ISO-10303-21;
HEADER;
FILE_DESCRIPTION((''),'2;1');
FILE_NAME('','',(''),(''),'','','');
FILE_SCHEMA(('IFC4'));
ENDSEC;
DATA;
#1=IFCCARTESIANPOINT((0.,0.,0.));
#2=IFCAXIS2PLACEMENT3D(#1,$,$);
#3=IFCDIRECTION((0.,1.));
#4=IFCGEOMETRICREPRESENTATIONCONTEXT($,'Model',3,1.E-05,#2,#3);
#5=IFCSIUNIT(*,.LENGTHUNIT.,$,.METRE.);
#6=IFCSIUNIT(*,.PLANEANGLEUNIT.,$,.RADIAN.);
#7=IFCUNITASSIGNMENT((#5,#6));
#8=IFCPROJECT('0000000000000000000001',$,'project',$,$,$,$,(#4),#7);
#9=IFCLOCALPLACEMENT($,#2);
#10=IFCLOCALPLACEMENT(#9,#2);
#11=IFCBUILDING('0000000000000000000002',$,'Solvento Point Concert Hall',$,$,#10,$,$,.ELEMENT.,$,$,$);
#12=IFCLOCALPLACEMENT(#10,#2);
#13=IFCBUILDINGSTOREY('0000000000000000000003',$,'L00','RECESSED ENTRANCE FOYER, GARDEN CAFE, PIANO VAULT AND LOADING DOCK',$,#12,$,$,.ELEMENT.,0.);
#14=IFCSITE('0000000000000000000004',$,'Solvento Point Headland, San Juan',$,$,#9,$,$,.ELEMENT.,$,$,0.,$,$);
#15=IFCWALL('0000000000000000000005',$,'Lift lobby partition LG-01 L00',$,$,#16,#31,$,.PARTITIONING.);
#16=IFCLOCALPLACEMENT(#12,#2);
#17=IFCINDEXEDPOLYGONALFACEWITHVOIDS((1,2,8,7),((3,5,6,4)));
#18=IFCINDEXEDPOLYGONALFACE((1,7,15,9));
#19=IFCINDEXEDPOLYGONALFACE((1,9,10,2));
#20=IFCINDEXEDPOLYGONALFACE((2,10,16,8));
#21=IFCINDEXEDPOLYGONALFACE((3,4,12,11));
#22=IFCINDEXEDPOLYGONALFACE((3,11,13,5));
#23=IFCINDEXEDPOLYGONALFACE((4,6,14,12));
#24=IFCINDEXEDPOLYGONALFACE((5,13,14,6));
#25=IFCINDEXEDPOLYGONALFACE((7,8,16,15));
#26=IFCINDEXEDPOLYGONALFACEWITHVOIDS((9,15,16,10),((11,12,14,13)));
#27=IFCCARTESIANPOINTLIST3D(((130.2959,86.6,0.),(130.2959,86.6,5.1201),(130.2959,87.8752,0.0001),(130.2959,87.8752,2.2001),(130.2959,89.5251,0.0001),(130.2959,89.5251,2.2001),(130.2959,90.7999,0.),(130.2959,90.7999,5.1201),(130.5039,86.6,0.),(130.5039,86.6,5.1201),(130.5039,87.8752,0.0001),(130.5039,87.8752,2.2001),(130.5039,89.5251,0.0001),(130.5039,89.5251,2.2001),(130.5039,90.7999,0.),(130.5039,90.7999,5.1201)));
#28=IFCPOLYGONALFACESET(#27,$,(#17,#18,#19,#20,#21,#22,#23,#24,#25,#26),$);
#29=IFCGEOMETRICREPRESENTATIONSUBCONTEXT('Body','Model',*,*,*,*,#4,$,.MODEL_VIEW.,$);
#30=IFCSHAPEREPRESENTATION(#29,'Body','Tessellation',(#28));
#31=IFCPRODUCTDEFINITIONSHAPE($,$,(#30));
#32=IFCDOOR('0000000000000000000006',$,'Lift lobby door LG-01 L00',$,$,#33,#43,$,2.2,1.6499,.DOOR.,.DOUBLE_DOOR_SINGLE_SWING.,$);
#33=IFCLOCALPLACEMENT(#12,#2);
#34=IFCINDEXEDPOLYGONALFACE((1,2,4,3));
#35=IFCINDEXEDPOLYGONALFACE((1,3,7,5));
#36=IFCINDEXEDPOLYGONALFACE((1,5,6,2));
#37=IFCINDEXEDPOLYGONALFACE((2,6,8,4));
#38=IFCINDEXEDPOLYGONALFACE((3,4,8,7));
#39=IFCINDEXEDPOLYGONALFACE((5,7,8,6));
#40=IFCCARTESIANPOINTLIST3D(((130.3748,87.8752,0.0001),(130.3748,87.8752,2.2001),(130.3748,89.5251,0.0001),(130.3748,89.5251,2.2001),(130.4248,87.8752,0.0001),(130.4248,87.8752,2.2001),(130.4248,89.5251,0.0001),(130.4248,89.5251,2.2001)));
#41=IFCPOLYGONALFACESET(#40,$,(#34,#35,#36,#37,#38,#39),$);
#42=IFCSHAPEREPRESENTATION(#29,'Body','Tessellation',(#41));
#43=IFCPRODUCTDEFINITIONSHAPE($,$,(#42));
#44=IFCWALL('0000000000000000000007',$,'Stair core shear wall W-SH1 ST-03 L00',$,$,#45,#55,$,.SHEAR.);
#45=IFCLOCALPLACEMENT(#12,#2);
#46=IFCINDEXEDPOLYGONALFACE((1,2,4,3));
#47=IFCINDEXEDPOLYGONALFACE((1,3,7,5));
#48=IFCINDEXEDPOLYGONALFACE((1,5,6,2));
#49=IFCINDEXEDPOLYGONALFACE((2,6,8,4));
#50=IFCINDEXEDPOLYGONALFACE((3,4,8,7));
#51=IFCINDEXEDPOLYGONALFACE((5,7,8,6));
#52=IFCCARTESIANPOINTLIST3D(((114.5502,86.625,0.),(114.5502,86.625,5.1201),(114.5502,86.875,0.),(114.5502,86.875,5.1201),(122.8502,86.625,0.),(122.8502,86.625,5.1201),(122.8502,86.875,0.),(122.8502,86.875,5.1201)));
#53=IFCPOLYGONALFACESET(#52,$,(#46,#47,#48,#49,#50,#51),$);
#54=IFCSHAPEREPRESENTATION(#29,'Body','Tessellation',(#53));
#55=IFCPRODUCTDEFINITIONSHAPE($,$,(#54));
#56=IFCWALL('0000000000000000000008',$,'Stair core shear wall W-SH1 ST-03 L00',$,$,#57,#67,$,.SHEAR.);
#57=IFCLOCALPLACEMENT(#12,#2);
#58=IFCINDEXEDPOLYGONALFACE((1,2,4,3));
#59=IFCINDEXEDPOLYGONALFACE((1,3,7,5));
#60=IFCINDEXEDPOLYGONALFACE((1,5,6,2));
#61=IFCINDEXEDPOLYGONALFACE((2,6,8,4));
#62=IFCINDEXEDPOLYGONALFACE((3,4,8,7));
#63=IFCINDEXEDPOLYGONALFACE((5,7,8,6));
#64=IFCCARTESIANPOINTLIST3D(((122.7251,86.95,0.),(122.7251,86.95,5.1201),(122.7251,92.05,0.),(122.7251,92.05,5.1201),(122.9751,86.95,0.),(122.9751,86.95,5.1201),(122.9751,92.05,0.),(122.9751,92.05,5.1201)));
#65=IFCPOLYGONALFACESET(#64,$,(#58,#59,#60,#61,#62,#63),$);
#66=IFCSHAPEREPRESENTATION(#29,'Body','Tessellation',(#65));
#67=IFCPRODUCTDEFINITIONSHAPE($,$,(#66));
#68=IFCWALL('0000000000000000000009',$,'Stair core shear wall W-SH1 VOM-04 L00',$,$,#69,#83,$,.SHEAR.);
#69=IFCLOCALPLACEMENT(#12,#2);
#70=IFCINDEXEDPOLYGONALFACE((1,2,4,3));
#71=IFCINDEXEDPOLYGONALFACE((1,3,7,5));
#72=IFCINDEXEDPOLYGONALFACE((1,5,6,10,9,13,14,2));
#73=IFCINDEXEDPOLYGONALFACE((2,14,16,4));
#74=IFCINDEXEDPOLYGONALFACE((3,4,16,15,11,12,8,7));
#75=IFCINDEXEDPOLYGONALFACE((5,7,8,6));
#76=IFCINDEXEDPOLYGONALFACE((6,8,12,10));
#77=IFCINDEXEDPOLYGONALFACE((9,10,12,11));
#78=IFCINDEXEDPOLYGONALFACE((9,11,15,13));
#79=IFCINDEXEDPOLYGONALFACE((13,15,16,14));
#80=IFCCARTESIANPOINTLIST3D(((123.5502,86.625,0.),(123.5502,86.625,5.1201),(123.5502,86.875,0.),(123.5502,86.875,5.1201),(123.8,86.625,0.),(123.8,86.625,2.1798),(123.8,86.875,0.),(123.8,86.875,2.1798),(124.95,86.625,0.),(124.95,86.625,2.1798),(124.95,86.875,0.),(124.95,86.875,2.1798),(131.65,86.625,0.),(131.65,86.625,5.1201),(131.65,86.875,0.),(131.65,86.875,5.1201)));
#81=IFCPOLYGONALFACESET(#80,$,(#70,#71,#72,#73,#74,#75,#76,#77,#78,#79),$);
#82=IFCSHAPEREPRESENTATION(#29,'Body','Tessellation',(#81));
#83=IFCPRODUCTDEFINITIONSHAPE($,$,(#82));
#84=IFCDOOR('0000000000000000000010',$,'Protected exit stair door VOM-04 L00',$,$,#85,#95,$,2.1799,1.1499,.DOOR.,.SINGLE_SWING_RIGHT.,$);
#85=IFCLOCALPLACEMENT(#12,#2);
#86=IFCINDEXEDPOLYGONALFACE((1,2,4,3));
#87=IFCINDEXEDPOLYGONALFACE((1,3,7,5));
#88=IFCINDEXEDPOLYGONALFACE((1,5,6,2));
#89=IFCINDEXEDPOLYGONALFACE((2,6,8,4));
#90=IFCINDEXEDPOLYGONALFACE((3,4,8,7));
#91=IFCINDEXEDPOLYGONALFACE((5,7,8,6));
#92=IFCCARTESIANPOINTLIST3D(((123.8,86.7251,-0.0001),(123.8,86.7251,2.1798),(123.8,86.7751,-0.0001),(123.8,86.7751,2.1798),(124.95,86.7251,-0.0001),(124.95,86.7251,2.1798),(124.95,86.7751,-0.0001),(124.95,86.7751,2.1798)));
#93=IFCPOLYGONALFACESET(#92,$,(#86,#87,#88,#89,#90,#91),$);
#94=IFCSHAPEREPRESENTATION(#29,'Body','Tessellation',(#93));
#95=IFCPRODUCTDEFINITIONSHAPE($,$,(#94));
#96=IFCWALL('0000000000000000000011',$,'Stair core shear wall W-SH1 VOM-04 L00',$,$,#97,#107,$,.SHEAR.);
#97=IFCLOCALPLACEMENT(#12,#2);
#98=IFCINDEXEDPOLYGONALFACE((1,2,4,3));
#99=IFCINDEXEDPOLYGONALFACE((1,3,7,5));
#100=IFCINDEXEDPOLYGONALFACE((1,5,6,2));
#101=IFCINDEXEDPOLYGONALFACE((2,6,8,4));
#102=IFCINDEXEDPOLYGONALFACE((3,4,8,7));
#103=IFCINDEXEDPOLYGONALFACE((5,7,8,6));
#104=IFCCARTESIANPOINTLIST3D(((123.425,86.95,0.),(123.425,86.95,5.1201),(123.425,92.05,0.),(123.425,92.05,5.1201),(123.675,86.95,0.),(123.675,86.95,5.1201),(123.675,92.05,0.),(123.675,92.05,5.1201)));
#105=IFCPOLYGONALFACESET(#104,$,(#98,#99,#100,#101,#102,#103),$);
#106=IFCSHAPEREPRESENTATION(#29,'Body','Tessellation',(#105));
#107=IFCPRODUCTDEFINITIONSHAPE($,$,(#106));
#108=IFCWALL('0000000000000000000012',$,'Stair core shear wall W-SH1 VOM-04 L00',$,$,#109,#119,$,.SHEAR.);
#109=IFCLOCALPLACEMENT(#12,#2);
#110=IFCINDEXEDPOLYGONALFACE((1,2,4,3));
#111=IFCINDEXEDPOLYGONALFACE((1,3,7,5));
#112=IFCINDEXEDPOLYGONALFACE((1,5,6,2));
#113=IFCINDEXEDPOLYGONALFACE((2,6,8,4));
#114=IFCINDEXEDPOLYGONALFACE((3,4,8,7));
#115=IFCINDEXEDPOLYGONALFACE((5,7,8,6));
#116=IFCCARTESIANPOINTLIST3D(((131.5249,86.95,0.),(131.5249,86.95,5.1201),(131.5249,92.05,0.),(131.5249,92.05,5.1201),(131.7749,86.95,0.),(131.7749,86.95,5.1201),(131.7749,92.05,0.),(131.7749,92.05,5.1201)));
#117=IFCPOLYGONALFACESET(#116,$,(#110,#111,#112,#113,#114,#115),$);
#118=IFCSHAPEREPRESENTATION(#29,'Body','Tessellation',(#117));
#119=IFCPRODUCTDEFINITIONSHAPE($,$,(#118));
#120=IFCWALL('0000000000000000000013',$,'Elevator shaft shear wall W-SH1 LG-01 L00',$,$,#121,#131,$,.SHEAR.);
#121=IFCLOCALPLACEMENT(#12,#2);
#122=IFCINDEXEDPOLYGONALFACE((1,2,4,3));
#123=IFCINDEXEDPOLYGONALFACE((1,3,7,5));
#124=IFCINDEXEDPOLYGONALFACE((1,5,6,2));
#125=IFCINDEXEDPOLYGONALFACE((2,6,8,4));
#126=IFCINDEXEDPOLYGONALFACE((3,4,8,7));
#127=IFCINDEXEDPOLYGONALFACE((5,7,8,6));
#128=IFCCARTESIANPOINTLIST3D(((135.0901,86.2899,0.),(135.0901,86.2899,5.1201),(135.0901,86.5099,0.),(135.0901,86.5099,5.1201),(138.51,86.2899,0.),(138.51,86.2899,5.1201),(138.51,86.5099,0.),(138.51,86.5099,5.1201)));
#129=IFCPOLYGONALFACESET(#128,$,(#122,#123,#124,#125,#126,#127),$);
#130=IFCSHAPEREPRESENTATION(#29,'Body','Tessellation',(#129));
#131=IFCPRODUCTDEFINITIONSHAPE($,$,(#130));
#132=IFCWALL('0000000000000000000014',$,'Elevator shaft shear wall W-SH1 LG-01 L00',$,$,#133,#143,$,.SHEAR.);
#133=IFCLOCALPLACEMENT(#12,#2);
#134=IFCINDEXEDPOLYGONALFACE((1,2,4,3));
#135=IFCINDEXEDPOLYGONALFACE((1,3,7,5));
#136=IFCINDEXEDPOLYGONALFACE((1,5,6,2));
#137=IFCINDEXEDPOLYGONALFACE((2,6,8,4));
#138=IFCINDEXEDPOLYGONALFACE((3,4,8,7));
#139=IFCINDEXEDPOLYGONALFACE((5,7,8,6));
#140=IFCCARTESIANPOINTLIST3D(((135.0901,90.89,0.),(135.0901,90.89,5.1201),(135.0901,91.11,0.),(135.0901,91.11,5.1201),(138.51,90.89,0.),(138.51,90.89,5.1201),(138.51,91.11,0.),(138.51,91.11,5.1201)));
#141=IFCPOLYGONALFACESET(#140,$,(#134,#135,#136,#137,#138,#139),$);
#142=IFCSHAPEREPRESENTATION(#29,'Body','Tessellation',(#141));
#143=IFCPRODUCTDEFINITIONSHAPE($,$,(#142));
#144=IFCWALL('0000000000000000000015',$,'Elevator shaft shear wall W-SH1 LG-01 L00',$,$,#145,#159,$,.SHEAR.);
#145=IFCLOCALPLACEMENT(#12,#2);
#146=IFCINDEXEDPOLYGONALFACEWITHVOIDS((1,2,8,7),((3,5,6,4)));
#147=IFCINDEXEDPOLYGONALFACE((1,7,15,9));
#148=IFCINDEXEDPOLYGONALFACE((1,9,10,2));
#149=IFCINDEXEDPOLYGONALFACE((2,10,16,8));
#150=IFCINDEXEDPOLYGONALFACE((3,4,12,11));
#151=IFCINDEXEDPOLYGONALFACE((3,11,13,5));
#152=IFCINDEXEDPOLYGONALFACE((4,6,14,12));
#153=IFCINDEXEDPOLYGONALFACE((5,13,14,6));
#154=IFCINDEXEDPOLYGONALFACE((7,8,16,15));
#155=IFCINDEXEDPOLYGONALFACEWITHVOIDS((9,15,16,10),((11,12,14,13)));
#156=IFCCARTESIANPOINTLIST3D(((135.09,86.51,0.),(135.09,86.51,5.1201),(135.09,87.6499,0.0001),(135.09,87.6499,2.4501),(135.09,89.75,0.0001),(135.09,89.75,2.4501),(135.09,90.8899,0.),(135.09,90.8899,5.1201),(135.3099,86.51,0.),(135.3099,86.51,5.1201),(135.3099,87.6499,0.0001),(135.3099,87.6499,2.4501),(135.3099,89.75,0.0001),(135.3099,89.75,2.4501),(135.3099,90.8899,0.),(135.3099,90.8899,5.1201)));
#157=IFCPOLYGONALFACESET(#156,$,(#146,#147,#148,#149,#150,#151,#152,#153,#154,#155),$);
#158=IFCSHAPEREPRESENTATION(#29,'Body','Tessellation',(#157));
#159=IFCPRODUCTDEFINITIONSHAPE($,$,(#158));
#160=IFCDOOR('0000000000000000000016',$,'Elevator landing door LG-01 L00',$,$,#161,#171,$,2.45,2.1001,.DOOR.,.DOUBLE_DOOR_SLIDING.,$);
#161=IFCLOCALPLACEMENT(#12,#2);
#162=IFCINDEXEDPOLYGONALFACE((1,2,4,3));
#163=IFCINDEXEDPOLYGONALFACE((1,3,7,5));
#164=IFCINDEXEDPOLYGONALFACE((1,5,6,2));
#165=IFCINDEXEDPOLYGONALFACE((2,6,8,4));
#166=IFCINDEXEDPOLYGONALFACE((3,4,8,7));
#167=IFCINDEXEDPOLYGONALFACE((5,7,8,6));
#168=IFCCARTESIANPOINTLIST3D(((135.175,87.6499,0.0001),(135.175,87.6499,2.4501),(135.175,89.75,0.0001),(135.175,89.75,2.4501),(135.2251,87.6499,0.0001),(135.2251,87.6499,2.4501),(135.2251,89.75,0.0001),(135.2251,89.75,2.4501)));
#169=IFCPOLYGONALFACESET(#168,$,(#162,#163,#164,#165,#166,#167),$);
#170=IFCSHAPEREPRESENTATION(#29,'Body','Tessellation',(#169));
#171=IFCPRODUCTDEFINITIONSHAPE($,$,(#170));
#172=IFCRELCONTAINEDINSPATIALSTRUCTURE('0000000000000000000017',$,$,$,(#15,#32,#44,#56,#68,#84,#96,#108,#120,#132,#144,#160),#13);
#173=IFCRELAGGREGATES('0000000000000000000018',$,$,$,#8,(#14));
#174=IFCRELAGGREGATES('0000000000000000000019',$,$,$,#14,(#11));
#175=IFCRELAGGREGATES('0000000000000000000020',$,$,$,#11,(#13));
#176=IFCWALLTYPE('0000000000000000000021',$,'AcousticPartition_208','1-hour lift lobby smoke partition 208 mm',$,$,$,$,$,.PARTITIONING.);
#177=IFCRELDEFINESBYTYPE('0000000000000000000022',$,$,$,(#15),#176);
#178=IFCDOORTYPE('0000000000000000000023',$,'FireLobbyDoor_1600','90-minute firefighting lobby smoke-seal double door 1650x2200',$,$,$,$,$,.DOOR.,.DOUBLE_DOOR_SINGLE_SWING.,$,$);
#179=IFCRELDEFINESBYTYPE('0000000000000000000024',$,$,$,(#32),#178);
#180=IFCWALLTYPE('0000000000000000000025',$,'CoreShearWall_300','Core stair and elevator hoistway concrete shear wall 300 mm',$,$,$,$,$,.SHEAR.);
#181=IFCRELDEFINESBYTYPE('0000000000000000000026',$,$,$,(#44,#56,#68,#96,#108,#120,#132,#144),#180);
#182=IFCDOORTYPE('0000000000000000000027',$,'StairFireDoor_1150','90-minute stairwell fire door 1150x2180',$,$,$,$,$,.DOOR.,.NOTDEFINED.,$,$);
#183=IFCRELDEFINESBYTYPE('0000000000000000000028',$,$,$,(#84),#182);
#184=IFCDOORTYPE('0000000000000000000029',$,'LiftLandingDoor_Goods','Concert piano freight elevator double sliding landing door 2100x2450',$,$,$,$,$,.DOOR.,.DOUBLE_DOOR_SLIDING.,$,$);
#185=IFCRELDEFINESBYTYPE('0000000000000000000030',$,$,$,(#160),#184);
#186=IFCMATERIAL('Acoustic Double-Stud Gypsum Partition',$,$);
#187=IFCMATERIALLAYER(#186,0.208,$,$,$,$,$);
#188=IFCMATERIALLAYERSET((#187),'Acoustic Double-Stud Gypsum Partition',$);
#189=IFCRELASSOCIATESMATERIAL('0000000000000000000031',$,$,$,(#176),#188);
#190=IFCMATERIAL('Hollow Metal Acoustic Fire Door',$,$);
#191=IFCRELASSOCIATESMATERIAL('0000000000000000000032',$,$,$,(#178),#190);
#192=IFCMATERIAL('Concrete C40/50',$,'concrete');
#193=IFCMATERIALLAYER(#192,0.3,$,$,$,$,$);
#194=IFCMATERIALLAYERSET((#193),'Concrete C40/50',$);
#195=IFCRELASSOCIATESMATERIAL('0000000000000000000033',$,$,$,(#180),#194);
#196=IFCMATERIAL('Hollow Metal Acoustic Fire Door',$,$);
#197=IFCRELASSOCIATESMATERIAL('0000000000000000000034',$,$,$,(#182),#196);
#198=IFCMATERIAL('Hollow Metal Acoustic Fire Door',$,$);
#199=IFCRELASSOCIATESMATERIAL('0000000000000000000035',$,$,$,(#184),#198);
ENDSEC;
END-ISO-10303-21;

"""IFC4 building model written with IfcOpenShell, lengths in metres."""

from ifc_helpers import new_model, si_unit, direction, frame, frame_2d, origin, place, context, subcontext, project, spatial, rectangle, extrude, material, layer, layer_set, type_object, element, fill, save


model = new_model("IFC4")

# Units and contexts
model_context = context("Model", 3, precision=1e-05, world=origin(), true_north=direction((0.0, 1.0)))
body_context = subcontext(model_context, "Body", "Model", "MODEL_VIEW")
ifc_project = project(units=[si_unit("LENGTHUNIT", "METRE"), si_unit("PLANEANGLEUNIT", "RADIAN")], contexts=[model_context])

# Site, building, storey
site_placement = place(None, origin())
site = spatial("IfcSite", under=ifc_project, at=site_placement, Name="Solvento Point Headland, San Juan", CompositionType="ELEMENT", RefElevation=0.0)
building_placement = place(site_placement, origin())
building = spatial("IfcBuilding", under=site, at=building_placement, Name="Solvento Point Concert Hall", CompositionType="ELEMENT")
storey_placement = place(building_placement, origin())
storey = spatial("IfcBuildingStorey", under=building, at=storey_placement, Name="L00", Description="RECESSED ENTRANCE FOYER, GARDEN CAFE, PIANO VAULT AND LOADING DOCK", CompositionType="ELEMENT", Elevation=0.0)

# Wall, opening, door
ifc_material_1 = material(Name="Acoustic Double-Stud Gypsum Partition")
ifc_layer_1 = layer(ifc_material_1, 0.208)
ifc_layer_set_1 = layer_set([ifc_layer_1], Name="Acoustic Double-Stud Gypsum Partition")
wall_type_1 = type_object("IfcWallType", Name="AcousticPartition_208", Description="1-hour lift lobby smoke partition 208 mm", PredefinedType="PARTITIONING", material=ifc_layer_set_1)
wall_1_placement = place(storey_placement, frame((130.3999, 90.8, 0.0), z_axis=(0.0, 0.0, 1.0), x_axis=(0.0, -1.0, 0.0)))
wall_1 = element("IfcWall", 1, at=wall_1_placement, inside=storey, type_object=wall_type_1, Name="Lift lobby partition LG-01 L00", PredefinedType="PARTITIONING", context=body_context, shape_type="SweptSolid", body=[
    extrude(rectangle(XDim=4.2, YDim=0.208, at=frame_2d((2.1001, 0.0))), origin(), (0.0, 0.0, 1.0), 5.1201),
])
opening_1_placement = place(wall_1_placement, frame((1.2749, 0.0, 0.0)))
opening_1 = element("IfcOpeningElement", 2, at=opening_1_placement, cuts=wall_1, PredefinedType="OPENING", context=body_context, shape_type="SweptSolid", body=[
    extrude(rectangle(XDim=1.6499, YDim=2.2, at=frame_2d((0.825, 1.1001))), frame((0.0, 0.114, 0.0), z_axis=(0.0, -1.0, 0.0), x_axis=(1.0, 0.0, 0.0)), (0.0, 0.0, 1.0), 0.228),
])
ifc_material_2 = material(Name="Hollow Metal Acoustic Fire Door")
door_type_1 = type_object("IfcDoorType", Name="FireLobbyDoor_1600", Description="90-minute firefighting lobby smoke-seal double door 1650x2200", OperationType="DOUBLE_DOOR_SINGLE_SWING", PredefinedType="DOOR", material=ifc_material_2)
door_1_placement = place(opening_1_placement, origin())
door_1 = element("IfcDoor", 3, at=door_1_placement, inside=storey, type_object=door_type_1, Name="Lift lobby door LG-01 L00", OperationType="DOUBLE_DOOR_SINGLE_SWING", OverallHeight=2.2, OverallWidth=1.6499, PredefinedType="DOOR", context=body_context, shape_type="SweptSolid", body=[
    extrude(rectangle(XDim=1.6499, YDim=2.2, at=frame_2d((0.825, 1.1001))), frame((0.0, 0.0249, 0.0), z_axis=(0.0, -1.0, 0.0), x_axis=(1.0, 0.0, 0.0)), (0.0, 0.0, 1.0), 0.05),
])
fill(opening_1, door_1)

# Walls
ifc_material_3 = material(Name="Concrete C40/50", Category="concrete")
ifc_layer_2 = layer(ifc_material_3, 0.3)
ifc_layer_set_2 = layer_set([ifc_layer_2], Name="Concrete C40/50")
wall_type_2 = type_object("IfcWallType", Name="CoreShearWall_300", Description="Core stair and elevator hoistway concrete shear wall 300 mm", PredefinedType="SHEAR", material=ifc_layer_set_2)
wall_2_placement = place(storey_placement, frame((122.8501, 86.75, 0.0), z_axis=(0.0, 0.0, 1.0), x_axis=(-1.0, 0.0, 0.0)))
element("IfcWall", 4, at=wall_2_placement, inside=storey, type_object=wall_type_2, Name="Stair core shear wall W-SH1 ST-03 L00", PredefinedType="SHEAR", context=body_context, shape_type="SweptSolid", body=[
    extrude(rectangle(XDim=8.3, YDim=0.25, at=frame_2d((4.1499, 0.0))), origin(), (0.0, 0.0, 1.0), 5.1201),
])
wall_3_placement = place(storey_placement, frame((122.8501, 92.05, 0.0), z_axis=(0.0, 0.0, 1.0), x_axis=(0.0, -1.0, 0.0)))
element("IfcWall", 5, at=wall_3_placement, inside=storey, type_object=wall_type_2, Name="Stair core shear wall W-SH1 ST-03 L00", PredefinedType="SHEAR", context=body_context, shape_type="SweptSolid", body=[
    extrude(rectangle(XDim=5.1001, YDim=0.25, at=frame_2d((2.55, 0.0))), origin(), (0.0, 0.0, 1.0), 5.1201),
])

# Wall, opening, door
wall_4_placement = place(storey_placement, frame((131.6499, 86.75, 0.0), z_axis=(0.0, 0.0, 1.0), x_axis=(-1.0, 0.0, 0.0)))
wall_4 = element("IfcWall", 6, at=wall_4_placement, inside=storey, type_object=wall_type_2, Name="Stair core shear wall W-SH1 VOM-04 L00", PredefinedType="SHEAR", context=body_context, shape_type="SweptSolid", body=[
    extrude(rectangle(XDim=8.0999, YDim=0.25, at=frame_2d((4.0498, 0.0))), origin(), (0.0, 0.0, 1.0), 5.1201),
])
opening_2_placement = place(wall_4_placement, frame((6.7, 0.0, 0.0)))
opening_2 = element("IfcOpeningElement", 7, at=opening_2_placement, cuts=wall_4, PredefinedType="OPENING", context=body_context, shape_type="SweptSolid", body=[
    extrude(rectangle(XDim=1.1499, YDim=2.1799, at=frame_2d((0.575, 1.0898))), frame((0.0, 0.135, 0.0), z_axis=(0.0, -1.0, 0.0), x_axis=(1.0, 0.0, 0.0)), (0.0, 0.0, 1.0), 0.27),
])
ifc_material_4 = material(Name="Hollow Metal Acoustic Fire Door")
door_type_2 = type_object("IfcDoorType", Name="StairFireDoor_1150", Description="90-minute stairwell fire door 1150x2180", OperationType="NOTDEFINED", PredefinedType="DOOR", material=ifc_material_4)
door_2_placement = place(opening_2_placement, origin())
door_2 = element("IfcDoor", 8, at=door_2_placement, inside=storey, type_object=door_type_2, Name="Protected exit stair door VOM-04 L00", OperationType="SINGLE_SWING_RIGHT", OverallHeight=2.1799, OverallWidth=1.1499, PredefinedType="DOOR", context=body_context, shape_type="SweptSolid", body=[
    extrude(rectangle(XDim=1.1499, YDim=2.1799, at=frame_2d((0.575, 1.0898))), frame((0.0, 0.0249, 0.0), z_axis=(0.0, -1.0, 0.0), x_axis=(1.0, 0.0, 0.0)), (0.0, 0.0, 1.0), 0.05),
])
fill(opening_2, door_2)

# Walls
for number, where, z_axis, x_axis, name in (
    (9, (123.55, 86.95, 0.0), (0.0, 0.0, 1.0), (0.0, 1.0, 0.0), "Stair core shear wall W-SH1 VOM-04 L00"),
    (10, (131.6499, 92.05, 0.0), (0.0, 0.0, 1.0), (0.0, -1.0, 0.0), "Stair core shear wall W-SH1 VOM-04 L00"),
):
    element("IfcWall", number, at=place(storey_placement, frame(where, z_axis=z_axis, x_axis=x_axis)), inside=storey, type_object=wall_type_2, Name=name, PredefinedType="SHEAR", context=body_context, shape_type="SweptSolid", body=[
        extrude(rectangle(XDim=5.1001, YDim=0.25, at=frame_2d((2.55, 0.0))), origin(), (0.0, 0.0, 1.0), 5.1201),
    ])
for number, where, z_axis, x_axis, name in (
    (11, (135.0901, 86.3999, 0.0), (0.0, 0.0, 1.0), (1.0, 0.0, 0.0), "Elevator shaft shear wall W-SH1 LG-01 L00"),
    (12, (135.0901, 91.0, 0.0), (0.0, 0.0, 1.0), (1.0, 0.0, 0.0), "Elevator shaft shear wall W-SH1 LG-01 L00"),
):
    element("IfcWall", number, at=place(storey_placement, frame(where, z_axis=z_axis, x_axis=x_axis)), inside=storey, type_object=wall_type_2, Name=name, PredefinedType="SHEAR", context=body_context, shape_type="SweptSolid", body=[
        extrude(rectangle(XDim=3.4199, YDim=0.22, at=frame_2d((1.71, 0.0))), origin(), (0.0, 0.0, 1.0), 5.1201),
    ])

# Wall, opening, door
wall_5_placement = place(storey_placement, frame((135.2, 86.51, 0.0), z_axis=(0.0, 0.0, 1.0), x_axis=(0.0, 1.0, 0.0)))
wall_5 = element("IfcWall", 13, at=wall_5_placement, inside=storey, type_object=wall_type_2, Name="Elevator shaft shear wall W-SH1 LG-01 L00", PredefinedType="SHEAR", context=body_context, shape_type="SweptSolid", body=[
    extrude(rectangle(XDim=4.3799, YDim=0.22, at=frame_2d((2.1899, 0.0))), origin(), (0.0, 0.0, 1.0), 5.1201),
])
opening_3_placement = place(wall_5_placement, frame((1.1399, 0.0, 0.0)))
opening_3 = element("IfcOpeningElement", 14, at=opening_3_placement, cuts=wall_5, PredefinedType="OPENING", context=body_context, shape_type="SweptSolid", body=[
    extrude(rectangle(XDim=2.1001, YDim=2.45, at=frame_2d((1.05, 1.2251))), frame((0.0, 0.1199, 0.0), z_axis=(0.0, -1.0, 0.0), x_axis=(1.0, 0.0, 0.0)), (0.0, 0.0, 1.0), 0.24),
])
ifc_material_5 = material(Name="Hollow Metal Acoustic Fire Door")
door_type_3 = type_object("IfcDoorType", Name="LiftLandingDoor_Goods", Description="Concert piano freight elevator double sliding landing door 2100x2450", OperationType="DOUBLE_DOOR_SLIDING", PredefinedType="DOOR", material=ifc_material_5)
door_3_placement = place(opening_3_placement, origin())
door_3 = element("IfcDoor", 15, at=door_3_placement, inside=storey, type_object=door_type_3, Name="Elevator landing door LG-01 L00", OperationType="DOUBLE_DOOR_SLIDING", OverallHeight=2.45, OverallWidth=2.1001, PredefinedType="DOOR", context=body_context, shape_type="SweptSolid", body=[
    extrude(rectangle(XDim=2.1001, YDim=2.45, at=frame_2d((1.05, 1.2251))), frame((0.0, 0.0249, 0.0), z_axis=(0.0, -1.0, 0.0), x_axis=(1.0, 0.0, 0.0)), (0.0, 0.0, 1.0), 0.05),
])
fill(opening_3, door_3)

save(model, "model.ifc")
